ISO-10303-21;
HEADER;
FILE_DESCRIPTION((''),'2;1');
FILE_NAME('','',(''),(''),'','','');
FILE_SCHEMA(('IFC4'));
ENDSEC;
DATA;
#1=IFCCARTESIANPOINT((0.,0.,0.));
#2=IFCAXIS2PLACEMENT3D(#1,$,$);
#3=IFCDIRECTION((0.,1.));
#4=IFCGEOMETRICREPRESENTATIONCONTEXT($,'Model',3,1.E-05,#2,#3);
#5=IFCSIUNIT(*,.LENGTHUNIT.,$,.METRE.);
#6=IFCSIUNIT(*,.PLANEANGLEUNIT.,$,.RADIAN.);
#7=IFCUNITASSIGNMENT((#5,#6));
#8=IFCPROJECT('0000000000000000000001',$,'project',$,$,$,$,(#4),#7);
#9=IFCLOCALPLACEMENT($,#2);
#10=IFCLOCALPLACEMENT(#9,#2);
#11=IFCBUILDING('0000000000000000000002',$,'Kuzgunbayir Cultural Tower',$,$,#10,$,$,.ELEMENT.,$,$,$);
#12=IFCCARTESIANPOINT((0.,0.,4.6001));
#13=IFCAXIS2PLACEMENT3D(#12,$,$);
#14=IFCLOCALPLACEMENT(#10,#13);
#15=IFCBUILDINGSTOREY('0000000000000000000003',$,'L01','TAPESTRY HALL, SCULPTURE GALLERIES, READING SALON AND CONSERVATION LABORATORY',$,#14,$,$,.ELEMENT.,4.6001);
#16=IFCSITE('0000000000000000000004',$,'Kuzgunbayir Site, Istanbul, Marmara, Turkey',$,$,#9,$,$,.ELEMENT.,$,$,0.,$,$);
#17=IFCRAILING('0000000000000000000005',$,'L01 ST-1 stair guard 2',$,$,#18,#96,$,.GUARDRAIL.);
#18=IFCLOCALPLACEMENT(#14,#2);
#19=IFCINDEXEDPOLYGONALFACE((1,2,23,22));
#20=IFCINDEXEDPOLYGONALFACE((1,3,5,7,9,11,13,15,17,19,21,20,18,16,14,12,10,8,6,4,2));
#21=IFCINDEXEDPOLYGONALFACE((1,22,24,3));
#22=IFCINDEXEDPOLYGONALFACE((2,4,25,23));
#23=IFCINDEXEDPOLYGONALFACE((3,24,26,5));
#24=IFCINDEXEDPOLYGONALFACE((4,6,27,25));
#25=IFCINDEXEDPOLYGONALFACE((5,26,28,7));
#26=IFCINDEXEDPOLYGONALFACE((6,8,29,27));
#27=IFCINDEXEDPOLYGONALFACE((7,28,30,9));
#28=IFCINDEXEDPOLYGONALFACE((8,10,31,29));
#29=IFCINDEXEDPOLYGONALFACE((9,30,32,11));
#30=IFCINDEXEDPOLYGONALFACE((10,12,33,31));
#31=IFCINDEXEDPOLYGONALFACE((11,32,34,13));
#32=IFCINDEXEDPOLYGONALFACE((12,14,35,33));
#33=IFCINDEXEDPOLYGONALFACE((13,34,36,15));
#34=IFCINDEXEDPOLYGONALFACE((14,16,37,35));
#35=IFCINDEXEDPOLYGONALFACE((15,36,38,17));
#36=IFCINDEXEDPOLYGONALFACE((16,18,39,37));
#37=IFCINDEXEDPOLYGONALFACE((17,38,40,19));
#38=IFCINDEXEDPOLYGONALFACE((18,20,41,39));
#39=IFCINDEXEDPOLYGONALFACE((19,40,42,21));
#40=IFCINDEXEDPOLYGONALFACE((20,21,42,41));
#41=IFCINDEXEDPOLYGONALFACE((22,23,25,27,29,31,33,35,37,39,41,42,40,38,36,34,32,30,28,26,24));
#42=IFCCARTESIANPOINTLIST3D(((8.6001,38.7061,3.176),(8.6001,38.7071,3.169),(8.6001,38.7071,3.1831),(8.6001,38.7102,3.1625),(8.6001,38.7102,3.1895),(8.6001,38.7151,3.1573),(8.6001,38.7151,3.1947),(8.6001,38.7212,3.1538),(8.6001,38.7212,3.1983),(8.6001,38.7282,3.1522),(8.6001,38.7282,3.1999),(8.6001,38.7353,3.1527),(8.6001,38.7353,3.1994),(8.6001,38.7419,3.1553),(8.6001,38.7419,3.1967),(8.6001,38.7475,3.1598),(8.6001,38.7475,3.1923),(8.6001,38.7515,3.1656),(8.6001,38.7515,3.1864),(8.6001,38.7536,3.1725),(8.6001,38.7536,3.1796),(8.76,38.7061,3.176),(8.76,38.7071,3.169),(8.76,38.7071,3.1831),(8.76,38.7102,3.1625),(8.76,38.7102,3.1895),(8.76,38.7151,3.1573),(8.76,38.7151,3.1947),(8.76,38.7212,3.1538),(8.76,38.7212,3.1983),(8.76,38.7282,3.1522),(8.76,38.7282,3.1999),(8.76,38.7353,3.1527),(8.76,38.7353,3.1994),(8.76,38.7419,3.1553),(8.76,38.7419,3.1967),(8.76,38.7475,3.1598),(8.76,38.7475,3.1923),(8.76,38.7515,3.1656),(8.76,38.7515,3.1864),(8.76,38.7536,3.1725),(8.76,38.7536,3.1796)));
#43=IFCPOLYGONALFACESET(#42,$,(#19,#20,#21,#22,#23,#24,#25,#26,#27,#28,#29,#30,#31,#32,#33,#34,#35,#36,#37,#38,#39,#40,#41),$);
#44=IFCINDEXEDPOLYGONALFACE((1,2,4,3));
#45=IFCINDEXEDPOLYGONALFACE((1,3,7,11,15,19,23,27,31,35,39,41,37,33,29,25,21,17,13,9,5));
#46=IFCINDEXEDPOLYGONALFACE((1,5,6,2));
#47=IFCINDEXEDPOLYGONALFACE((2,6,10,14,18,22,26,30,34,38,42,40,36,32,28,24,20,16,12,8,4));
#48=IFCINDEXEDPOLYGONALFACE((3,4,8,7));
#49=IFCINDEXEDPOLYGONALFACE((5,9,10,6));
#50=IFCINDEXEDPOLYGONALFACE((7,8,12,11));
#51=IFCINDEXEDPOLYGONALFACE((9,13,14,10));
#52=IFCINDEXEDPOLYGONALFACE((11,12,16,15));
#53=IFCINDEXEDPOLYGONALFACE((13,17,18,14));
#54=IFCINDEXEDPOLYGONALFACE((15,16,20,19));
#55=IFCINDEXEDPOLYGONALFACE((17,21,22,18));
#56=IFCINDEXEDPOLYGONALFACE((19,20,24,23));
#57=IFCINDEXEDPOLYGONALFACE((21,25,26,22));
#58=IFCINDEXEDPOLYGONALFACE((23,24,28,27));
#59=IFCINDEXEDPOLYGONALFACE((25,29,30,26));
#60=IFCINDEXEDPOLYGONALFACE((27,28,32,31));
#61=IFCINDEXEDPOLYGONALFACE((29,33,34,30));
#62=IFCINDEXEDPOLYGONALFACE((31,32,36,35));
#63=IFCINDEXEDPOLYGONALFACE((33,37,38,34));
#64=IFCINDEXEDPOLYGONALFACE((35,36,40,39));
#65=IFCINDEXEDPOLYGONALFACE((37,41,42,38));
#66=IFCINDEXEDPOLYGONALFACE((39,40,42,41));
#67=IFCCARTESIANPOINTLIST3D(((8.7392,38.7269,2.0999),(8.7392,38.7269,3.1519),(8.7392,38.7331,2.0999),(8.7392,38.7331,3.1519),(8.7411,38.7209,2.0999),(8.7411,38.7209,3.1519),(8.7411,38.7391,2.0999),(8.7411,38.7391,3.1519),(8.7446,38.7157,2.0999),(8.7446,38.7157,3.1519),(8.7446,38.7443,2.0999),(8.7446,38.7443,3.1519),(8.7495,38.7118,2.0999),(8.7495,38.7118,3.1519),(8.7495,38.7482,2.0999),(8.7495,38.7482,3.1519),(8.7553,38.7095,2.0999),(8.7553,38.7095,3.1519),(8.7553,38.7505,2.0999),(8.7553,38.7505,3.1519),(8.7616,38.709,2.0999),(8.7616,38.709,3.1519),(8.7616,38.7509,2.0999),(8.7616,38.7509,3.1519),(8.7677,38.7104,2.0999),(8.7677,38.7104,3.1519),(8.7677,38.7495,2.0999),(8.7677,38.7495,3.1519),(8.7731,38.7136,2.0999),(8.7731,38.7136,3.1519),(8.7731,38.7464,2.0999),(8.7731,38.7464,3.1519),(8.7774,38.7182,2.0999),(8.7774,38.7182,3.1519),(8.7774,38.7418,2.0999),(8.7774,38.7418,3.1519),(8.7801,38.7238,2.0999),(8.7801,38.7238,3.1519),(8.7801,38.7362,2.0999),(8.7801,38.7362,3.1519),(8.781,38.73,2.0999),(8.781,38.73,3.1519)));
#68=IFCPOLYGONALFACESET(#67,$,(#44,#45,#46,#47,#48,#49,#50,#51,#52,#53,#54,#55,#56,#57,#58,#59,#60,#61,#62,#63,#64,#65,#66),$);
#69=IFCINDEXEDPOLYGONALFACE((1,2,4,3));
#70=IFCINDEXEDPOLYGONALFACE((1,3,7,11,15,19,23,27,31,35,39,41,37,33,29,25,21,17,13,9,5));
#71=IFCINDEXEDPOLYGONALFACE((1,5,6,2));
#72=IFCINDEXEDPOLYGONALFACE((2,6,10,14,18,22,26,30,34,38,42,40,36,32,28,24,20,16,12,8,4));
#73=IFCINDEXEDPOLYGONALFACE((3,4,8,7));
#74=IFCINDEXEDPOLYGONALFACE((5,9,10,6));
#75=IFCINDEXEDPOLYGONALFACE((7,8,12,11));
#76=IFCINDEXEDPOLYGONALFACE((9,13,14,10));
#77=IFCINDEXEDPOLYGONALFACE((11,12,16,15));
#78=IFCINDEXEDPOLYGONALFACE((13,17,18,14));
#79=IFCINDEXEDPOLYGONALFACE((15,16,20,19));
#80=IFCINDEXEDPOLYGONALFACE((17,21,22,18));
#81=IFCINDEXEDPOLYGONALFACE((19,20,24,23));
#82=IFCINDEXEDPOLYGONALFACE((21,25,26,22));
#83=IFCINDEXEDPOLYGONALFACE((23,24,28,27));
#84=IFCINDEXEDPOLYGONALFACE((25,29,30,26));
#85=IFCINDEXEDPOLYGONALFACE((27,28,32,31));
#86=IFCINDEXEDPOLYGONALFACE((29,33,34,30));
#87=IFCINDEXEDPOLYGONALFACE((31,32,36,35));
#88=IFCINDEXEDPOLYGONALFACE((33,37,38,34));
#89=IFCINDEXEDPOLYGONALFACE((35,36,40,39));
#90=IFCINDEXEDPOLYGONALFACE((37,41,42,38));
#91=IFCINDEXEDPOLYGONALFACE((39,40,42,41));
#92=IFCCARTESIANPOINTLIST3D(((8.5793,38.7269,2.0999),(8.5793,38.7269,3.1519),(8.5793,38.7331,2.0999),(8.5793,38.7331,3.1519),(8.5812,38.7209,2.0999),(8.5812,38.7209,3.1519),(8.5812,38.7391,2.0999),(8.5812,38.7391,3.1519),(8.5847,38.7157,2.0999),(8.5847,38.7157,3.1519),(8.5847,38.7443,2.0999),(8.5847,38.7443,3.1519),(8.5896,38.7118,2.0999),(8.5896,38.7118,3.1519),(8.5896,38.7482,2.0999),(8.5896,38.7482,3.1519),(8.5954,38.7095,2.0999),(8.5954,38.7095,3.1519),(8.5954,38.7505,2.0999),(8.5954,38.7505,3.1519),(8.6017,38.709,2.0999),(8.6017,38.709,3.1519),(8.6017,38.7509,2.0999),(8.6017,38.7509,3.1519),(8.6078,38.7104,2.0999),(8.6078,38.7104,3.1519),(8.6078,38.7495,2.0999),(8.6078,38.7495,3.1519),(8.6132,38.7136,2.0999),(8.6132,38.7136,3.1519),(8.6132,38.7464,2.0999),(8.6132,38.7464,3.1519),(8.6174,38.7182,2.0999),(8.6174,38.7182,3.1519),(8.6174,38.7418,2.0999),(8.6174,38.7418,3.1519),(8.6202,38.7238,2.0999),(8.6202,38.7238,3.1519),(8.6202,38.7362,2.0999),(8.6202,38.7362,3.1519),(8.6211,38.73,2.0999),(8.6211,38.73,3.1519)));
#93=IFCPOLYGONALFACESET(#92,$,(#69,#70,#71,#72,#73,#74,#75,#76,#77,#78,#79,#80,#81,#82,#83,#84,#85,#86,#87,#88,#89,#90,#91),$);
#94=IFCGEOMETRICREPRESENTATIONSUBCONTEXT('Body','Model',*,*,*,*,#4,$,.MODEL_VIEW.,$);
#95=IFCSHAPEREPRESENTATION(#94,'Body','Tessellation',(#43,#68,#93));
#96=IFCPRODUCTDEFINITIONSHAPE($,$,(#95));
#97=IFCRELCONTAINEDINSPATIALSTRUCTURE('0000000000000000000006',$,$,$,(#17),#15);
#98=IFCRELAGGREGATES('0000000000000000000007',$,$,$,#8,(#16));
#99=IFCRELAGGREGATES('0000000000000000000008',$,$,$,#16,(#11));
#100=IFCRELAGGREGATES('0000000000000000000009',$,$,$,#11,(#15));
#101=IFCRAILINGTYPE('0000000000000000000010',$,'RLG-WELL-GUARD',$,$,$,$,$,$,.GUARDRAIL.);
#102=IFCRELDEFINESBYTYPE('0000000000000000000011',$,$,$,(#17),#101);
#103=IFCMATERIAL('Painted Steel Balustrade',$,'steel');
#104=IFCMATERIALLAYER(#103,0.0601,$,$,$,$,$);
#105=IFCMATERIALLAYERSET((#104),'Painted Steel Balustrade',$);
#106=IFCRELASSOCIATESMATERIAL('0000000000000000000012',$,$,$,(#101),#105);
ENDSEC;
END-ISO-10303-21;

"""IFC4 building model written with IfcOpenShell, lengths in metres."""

from ifc_helpers import new_model, si_unit, direction, frame, origin, origin_2d, place, context, subcontext, project, spatial, circle, extrude, material, layer, layer_set, type_object, element, save


model = new_model("IFC4")

# Units and contexts
model_context = context("Model", 3, precision=1e-05, world=origin(), true_north=direction((0.0, 1.0)))
body_context = subcontext(model_context, "Body", "Model", "MODEL_VIEW")
ifc_project = project(units=[si_unit("LENGTHUNIT", "METRE"), si_unit("PLANEANGLEUNIT", "RADIAN")], contexts=[model_context])

# Site, building, storey
site_placement = place(None, origin())
site = spatial("IfcSite", under=ifc_project, at=site_placement, Name="Kuzgunbayir Site, Istanbul, Marmara, Turkey", CompositionType="ELEMENT", RefElevation=0.0)
building_placement = place(site_placement, origin())
building = spatial("IfcBuilding", under=site, at=building_placement, Name="Kuzgunbayir Cultural Tower", CompositionType="ELEMENT")
storey_placement = place(building_placement, frame((0.0, 0.0, 4.6001)))
storey = spatial("IfcBuildingStorey", under=building, at=storey_placement, Name="L01", Description="TAPESTRY HALL, SCULPTURE GALLERIES, READING SALON AND CONSERVATION LABORATORY", CompositionType="ELEMENT", Elevation=4.6001)

# Railing
ifc_material_1 = material(Name="Painted Steel Balustrade", Category="steel")
ifc_layer_1 = layer(ifc_material_1, 0.0601)
ifc_layer_set_1 = layer_set([ifc_layer_1], Name="Painted Steel Balustrade")
railing_type_1 = type_object("IfcRailingType", Name="RLG-WELL-GUARD", PredefinedType="GUARDRAIL", material=ifc_layer_set_1)
railing_1_placement = place(storey_placement, frame((8.76, 38.73, 2.0999)))
element("IfcRailing", 1, at=railing_1_placement, inside=storey, type_object=railing_type_1, Name="L01 ST-1 stair guard 2", PredefinedType="GUARDRAIL", context=body_context, shape_type="SweptSolid", body=[
    extrude(circle(Radius=0.0239, at=origin_2d()), frame((0.0, 0.0, 1.0762), z_axis=(-1.0, 0.0, 0.0), x_axis=(0.0, -1.0, 0.0)), (0.0, 0.0, 1.0), 0.1599),
    extrude(circle(Radius=0.021, at=origin_2d()), origin(), (0.0, 0.0, 1.0), 1.052),
    extrude(circle(Radius=0.021, at=origin_2d()), frame((-0.1599, 0.0, 0.0)), (0.0, 0.0, 1.0), 1.052),
])

save(model, "model.ifc")
